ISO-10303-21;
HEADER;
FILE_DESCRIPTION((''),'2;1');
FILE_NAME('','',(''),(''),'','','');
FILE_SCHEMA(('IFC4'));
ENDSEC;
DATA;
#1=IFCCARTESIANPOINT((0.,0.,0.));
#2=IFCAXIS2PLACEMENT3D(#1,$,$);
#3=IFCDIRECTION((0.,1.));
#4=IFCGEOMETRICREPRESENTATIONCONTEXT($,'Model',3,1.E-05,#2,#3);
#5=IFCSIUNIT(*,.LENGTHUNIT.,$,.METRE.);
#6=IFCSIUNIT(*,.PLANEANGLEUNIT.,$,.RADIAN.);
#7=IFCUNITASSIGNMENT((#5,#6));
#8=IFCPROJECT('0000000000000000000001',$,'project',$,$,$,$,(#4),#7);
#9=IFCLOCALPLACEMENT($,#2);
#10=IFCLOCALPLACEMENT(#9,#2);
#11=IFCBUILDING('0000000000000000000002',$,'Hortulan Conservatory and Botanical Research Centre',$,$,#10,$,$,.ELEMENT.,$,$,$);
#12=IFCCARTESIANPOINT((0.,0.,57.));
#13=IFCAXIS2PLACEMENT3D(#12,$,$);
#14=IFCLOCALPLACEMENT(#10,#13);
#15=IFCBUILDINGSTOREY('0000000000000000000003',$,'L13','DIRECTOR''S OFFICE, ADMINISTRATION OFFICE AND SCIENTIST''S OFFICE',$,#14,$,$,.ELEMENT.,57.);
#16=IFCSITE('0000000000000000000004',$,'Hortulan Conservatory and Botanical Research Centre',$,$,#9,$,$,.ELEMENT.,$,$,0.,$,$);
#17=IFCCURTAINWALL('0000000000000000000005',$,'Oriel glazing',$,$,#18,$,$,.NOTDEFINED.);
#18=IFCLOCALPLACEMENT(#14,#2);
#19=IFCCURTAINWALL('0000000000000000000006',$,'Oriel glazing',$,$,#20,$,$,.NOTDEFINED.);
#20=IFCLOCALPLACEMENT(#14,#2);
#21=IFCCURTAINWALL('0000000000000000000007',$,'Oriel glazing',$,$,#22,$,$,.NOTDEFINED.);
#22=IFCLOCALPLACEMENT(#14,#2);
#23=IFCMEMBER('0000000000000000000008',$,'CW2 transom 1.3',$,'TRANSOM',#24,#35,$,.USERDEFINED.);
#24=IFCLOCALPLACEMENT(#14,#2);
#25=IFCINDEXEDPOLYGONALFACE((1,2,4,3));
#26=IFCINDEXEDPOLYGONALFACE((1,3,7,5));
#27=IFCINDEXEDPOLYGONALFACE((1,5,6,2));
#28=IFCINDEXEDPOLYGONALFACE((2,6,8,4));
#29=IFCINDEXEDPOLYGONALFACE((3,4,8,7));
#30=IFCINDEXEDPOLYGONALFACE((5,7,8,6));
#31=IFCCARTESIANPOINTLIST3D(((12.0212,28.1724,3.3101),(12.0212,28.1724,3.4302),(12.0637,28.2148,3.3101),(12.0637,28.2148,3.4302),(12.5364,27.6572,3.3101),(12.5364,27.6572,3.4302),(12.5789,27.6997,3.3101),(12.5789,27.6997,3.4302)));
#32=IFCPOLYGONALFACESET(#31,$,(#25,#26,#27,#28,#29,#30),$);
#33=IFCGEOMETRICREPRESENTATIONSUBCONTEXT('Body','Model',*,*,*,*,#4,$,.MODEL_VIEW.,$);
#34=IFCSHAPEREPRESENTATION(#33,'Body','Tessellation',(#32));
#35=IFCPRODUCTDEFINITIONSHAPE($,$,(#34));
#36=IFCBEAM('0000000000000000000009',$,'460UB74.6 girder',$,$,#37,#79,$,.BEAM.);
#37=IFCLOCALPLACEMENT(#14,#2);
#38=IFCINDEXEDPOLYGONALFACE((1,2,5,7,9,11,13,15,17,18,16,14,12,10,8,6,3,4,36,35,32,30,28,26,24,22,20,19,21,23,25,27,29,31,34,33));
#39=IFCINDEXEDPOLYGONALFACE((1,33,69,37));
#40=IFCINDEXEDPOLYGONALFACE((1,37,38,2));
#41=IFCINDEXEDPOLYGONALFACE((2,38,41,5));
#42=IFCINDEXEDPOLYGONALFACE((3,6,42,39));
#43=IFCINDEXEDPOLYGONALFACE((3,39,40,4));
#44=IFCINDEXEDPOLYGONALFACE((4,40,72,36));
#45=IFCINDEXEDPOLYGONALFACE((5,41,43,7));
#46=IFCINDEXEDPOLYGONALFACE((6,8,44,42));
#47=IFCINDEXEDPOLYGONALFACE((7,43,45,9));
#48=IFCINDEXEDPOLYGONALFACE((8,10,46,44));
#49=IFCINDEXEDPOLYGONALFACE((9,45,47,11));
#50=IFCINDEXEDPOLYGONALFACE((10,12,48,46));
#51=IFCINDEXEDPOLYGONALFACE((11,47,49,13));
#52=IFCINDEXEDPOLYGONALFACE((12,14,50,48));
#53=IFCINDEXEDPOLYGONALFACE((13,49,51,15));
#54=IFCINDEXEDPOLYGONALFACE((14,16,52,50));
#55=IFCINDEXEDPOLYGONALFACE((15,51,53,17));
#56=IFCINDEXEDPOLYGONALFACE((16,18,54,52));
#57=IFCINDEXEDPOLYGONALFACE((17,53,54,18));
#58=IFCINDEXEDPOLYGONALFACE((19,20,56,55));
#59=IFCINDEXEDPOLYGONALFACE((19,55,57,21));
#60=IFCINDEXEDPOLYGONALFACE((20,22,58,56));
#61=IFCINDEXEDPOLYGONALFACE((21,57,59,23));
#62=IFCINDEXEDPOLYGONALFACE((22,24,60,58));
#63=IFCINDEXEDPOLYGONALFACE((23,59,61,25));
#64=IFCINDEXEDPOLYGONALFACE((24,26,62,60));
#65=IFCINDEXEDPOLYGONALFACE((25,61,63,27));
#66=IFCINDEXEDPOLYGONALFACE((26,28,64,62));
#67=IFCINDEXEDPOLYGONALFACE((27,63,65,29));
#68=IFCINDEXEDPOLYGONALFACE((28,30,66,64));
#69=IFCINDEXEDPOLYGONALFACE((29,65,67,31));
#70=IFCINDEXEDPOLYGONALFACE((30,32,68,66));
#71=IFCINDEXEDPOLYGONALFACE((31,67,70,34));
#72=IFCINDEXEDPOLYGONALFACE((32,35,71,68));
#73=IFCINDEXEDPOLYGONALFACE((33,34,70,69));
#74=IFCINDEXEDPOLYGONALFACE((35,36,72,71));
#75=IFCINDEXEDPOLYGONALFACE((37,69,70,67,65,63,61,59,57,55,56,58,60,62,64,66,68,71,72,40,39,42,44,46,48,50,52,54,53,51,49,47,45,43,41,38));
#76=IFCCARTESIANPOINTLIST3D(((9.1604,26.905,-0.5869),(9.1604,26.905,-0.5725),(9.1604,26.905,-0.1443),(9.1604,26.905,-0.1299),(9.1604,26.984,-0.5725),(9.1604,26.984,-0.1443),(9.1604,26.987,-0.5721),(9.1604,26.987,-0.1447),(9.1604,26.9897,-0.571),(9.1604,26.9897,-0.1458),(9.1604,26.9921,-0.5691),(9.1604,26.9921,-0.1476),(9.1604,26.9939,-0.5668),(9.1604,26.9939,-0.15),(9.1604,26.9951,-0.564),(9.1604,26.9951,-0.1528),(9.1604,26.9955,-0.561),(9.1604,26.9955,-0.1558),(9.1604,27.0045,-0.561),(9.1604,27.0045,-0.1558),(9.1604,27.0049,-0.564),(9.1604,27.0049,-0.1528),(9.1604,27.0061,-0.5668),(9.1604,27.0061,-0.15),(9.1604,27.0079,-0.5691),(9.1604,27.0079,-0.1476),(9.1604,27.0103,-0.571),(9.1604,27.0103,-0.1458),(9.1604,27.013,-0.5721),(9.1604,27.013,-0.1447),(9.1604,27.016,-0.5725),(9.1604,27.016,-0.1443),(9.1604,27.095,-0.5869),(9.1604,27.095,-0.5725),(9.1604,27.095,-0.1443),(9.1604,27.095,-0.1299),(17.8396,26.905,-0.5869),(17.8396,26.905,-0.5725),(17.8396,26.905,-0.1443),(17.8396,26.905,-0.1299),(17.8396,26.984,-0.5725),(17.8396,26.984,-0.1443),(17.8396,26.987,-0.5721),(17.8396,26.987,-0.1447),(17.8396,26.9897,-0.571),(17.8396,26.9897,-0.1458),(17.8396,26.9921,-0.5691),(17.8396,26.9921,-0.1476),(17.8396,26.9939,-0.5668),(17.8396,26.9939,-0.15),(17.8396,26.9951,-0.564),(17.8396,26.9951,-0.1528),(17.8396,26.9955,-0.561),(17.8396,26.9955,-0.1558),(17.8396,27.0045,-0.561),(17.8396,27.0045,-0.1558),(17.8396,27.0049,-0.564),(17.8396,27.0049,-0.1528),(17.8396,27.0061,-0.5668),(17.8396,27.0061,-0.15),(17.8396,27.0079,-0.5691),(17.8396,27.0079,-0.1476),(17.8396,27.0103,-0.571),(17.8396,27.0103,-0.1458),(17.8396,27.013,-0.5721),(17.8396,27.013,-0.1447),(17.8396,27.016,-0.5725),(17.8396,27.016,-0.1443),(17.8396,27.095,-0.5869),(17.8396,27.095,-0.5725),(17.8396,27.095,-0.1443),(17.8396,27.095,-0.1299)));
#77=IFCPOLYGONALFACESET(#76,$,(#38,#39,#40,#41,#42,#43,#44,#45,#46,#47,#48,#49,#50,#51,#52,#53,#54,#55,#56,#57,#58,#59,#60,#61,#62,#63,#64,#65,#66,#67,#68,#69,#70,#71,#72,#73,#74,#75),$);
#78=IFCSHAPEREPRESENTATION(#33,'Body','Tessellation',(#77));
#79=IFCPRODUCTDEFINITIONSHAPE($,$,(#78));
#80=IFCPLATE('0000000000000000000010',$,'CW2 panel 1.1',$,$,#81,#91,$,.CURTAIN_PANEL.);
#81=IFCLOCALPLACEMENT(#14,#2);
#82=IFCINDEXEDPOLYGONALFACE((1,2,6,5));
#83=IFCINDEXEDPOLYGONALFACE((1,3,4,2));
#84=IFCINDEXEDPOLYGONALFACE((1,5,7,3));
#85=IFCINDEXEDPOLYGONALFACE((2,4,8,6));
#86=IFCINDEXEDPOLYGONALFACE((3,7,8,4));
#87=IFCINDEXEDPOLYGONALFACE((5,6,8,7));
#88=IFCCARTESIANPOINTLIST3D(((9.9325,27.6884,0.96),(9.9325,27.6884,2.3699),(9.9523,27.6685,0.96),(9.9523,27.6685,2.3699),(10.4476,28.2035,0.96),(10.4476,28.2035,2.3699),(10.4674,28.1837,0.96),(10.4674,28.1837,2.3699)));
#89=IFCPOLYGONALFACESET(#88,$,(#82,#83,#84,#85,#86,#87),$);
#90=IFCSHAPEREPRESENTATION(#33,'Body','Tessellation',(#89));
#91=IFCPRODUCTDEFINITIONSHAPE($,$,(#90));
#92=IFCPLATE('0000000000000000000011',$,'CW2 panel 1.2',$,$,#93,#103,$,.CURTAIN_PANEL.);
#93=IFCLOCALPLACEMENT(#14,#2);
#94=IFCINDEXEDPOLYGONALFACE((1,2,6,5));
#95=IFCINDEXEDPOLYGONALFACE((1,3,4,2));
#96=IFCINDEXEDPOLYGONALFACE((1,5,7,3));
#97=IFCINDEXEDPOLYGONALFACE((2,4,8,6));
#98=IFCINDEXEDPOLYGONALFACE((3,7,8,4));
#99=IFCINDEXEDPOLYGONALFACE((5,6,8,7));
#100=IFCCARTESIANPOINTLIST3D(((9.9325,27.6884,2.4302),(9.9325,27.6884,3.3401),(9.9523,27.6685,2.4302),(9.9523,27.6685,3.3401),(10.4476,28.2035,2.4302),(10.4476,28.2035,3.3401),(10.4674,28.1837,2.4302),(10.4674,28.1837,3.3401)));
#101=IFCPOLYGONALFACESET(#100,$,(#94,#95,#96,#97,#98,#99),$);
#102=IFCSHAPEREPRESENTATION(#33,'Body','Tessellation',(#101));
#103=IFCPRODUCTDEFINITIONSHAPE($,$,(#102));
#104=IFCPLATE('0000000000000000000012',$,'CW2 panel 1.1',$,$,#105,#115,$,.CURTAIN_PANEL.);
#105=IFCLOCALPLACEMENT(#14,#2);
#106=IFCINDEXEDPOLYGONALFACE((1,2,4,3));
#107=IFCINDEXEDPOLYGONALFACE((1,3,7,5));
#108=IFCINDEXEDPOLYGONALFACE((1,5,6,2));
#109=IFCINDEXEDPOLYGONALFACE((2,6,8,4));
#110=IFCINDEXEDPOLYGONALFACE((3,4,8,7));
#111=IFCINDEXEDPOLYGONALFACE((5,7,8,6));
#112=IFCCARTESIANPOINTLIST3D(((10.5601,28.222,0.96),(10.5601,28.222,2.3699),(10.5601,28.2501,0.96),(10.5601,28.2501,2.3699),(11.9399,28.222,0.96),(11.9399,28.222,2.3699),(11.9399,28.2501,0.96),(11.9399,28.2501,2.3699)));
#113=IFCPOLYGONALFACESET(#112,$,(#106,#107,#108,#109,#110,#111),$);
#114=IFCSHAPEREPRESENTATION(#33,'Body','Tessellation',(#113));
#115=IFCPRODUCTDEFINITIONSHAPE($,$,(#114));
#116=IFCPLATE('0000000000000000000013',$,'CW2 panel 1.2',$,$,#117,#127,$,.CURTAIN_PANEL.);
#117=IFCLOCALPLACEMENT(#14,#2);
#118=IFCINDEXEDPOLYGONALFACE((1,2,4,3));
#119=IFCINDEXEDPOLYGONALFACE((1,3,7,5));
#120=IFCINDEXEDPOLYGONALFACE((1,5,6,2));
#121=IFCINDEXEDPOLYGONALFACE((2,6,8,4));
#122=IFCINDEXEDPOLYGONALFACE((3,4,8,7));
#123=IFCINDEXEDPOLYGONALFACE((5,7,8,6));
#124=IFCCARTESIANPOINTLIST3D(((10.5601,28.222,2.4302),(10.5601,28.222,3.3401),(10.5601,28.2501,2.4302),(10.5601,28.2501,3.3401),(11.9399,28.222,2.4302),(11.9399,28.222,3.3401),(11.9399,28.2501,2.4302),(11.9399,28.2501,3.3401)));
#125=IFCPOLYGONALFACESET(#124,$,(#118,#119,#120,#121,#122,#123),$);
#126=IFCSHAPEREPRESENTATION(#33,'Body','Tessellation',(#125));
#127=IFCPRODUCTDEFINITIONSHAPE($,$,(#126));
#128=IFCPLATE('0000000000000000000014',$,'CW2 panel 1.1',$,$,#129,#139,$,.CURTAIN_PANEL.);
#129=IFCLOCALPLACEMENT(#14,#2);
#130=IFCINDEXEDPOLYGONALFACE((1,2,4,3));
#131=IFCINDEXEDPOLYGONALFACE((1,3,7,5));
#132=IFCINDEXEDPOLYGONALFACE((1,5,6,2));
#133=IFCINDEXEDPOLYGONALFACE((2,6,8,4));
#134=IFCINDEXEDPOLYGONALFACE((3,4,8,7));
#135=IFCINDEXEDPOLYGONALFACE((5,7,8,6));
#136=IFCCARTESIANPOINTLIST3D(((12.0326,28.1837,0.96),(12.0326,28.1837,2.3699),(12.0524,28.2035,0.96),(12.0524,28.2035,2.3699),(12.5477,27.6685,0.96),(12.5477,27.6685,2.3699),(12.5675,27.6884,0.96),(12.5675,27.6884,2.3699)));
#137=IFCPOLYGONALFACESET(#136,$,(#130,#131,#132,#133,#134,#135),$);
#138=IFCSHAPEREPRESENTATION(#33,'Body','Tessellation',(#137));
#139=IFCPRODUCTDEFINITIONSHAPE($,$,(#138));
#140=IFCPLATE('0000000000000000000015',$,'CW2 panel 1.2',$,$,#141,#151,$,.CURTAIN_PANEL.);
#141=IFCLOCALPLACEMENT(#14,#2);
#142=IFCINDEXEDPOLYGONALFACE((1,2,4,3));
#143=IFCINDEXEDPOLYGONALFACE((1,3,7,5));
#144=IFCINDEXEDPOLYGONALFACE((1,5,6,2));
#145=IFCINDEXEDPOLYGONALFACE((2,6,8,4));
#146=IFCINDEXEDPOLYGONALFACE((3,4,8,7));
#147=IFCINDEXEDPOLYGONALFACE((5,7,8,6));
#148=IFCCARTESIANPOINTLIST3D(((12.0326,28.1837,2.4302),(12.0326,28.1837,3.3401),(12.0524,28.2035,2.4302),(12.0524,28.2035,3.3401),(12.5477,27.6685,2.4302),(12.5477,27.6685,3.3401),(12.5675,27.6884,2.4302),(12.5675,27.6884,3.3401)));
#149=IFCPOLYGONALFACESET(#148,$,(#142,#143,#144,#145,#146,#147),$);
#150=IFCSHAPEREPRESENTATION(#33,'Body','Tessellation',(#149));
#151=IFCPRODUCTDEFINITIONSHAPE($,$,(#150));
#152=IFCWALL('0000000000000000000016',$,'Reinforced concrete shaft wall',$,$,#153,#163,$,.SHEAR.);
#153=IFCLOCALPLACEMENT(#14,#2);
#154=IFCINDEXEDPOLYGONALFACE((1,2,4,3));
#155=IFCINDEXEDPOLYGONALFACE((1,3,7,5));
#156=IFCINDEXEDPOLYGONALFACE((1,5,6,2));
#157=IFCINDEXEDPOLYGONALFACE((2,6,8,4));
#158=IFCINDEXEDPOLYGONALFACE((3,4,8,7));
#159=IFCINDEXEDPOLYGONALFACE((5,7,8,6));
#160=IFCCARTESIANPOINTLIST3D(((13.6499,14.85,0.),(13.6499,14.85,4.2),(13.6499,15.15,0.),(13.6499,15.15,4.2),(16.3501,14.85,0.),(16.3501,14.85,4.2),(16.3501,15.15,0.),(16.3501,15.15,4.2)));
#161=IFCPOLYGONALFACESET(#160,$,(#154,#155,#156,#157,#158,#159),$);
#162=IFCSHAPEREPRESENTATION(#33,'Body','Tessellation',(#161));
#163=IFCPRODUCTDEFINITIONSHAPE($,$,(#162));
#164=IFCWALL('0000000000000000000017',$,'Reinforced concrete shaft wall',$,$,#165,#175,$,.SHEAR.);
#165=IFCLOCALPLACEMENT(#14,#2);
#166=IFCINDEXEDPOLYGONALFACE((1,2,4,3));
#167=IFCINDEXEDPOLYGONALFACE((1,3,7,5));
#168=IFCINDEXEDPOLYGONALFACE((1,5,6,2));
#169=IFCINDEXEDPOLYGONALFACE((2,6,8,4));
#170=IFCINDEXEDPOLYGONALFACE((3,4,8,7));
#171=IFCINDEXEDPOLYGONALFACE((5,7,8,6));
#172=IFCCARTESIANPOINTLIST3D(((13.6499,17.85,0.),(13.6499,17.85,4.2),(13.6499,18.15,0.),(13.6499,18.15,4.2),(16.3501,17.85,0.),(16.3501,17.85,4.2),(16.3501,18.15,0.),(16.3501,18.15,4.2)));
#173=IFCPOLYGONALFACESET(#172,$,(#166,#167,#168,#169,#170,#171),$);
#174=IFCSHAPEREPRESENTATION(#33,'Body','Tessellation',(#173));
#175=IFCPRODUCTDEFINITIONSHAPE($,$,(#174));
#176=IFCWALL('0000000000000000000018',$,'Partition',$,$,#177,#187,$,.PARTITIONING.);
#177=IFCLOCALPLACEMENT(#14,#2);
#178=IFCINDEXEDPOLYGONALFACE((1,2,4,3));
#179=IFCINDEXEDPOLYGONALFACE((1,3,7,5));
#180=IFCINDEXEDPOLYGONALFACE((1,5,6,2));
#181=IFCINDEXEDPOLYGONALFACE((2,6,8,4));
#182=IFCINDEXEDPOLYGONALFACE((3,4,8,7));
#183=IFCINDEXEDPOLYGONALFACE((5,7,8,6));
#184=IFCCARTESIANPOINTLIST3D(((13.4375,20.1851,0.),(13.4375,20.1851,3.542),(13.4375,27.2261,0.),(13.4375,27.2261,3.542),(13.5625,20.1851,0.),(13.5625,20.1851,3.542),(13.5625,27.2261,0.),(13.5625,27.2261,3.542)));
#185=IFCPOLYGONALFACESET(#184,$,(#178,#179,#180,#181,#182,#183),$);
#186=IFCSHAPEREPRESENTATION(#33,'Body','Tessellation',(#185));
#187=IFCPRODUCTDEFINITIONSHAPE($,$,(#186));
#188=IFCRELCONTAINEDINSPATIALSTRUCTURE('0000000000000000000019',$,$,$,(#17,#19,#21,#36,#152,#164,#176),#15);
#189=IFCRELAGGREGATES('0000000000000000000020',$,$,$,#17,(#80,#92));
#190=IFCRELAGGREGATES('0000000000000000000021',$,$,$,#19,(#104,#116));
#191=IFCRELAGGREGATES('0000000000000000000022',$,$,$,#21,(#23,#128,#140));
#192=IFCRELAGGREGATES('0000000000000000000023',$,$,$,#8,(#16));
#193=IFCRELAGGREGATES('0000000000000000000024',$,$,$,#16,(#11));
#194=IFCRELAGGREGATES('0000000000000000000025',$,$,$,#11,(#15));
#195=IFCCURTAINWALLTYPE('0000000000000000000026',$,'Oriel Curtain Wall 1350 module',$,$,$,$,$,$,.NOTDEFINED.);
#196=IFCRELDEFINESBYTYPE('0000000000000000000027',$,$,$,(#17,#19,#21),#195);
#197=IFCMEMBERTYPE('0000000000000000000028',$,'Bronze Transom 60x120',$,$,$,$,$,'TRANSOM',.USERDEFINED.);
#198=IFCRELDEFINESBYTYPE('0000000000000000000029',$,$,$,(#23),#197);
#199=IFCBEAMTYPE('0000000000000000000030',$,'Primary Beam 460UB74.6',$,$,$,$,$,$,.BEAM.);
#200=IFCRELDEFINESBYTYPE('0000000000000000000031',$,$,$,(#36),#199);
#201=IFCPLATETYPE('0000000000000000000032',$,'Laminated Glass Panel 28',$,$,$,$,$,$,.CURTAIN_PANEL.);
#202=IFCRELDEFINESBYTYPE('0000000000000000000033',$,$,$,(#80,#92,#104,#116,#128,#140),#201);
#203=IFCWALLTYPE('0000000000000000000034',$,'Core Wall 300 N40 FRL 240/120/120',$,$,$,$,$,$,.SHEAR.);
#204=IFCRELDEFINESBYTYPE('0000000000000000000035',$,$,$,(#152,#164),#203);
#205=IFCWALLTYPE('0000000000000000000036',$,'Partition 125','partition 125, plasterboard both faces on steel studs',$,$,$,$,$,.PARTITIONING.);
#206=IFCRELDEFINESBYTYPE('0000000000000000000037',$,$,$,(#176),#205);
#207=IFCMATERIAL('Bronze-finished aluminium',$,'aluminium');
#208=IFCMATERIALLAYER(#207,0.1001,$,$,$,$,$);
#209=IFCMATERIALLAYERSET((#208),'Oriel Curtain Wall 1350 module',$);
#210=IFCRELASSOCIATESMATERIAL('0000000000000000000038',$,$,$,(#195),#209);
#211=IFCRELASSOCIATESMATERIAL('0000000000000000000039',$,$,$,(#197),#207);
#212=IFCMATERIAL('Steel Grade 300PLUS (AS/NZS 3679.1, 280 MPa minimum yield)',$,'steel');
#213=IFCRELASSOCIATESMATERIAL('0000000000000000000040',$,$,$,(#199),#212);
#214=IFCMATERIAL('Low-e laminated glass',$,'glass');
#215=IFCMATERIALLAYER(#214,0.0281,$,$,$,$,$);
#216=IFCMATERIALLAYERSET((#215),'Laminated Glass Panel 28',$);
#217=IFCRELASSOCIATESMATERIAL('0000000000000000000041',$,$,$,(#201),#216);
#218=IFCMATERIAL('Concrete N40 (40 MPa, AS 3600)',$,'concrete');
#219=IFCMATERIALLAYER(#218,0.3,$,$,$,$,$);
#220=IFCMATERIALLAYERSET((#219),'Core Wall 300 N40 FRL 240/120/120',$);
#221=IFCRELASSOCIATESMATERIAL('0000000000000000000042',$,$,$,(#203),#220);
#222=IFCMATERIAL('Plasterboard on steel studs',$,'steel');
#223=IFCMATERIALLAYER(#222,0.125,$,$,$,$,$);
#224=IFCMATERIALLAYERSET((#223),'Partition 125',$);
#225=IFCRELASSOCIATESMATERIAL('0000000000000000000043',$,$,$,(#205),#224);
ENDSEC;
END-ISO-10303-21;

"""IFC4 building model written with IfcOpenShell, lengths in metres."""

from ifc_helpers import new_model, si_unit, direction, frame, frame_2d, origin, origin_2d, place, context, subcontext, project, spatial, rectangle, i_section, extrude, material, layer, layer_set, material_profile, profile_set, type_object, element, aggregate, save


model = new_model("IFC4")

# Units and contexts
model_context = context("Model", 3, precision=1e-05, world=origin(), true_north=direction((0.0, 1.0)))
body_context = subcontext(model_context, "Body", "Model", "MODEL_VIEW")
ifc_project = project(units=[si_unit("LENGTHUNIT", "METRE"), si_unit("PLANEANGLEUNIT", "RADIAN")], contexts=[model_context])

# Site, building, storey
site_placement = place(None, origin())
site = spatial("IfcSite", under=ifc_project, at=site_placement, Name="Hortulan Conservatory and Botanical Research Centre", CompositionType="ELEMENT", RefElevation=0.0)
building_placement = place(site_placement, origin())
building = spatial("IfcBuilding", under=site, at=building_placement, Name="Hortulan Conservatory and Botanical Research Centre", CompositionType="ELEMENT")
storey_placement = place(building_placement, frame((0.0, 0.0, 57.0)))
storey = spatial("IfcBuildingStorey", under=building, at=storey_placement, Name="L13", Description="DIRECTOR'S OFFICE, ADMINISTRATION OFFICE AND SCIENTIST'S OFFICE", CompositionType="ELEMENT", Elevation=57.0)

# Curtain walls
ifc_material_1 = material(Name="Bronze-finished aluminium", Category="aluminium")
ifc_layer_1 = layer(ifc_material_1, 0.1001)
ifc_layer_set_1 = layer_set([ifc_layer_1], Name="Oriel Curtain Wall 1350 module")
curtain_wall_type = type_object("IfcCurtainWallType", Name="Oriel Curtain Wall 1350 module", PredefinedType="NOTDEFINED", material=ifc_layer_set_1)
curtain_wall_1_placement = place(storey_placement, origin())
curtain_wall_1 = element("IfcCurtainWall", 1, at=curtain_wall_1_placement, inside=storey, type_object=curtain_wall_type, Name="Oriel glazing", PredefinedType="NOTDEFINED")
curtain_wall_2_placement = place(storey_placement, origin())
curtain_wall_2 = element("IfcCurtainWall", 2, at=curtain_wall_2_placement, inside=storey, type_object=curtain_wall_type, Name="Oriel glazing", PredefinedType="NOTDEFINED")
curtain_wall_3_placement = place(storey_placement, origin())
curtain_wall_3 = element("IfcCurtainWall", 3, at=curtain_wall_3_placement, inside=storey, type_object=curtain_wall_type, Name="Oriel glazing", PredefinedType="NOTDEFINED")

# Member
ifc_material_profile_1 = material_profile(ifc_material_1, rectangle(XDim=0.0601, YDim=0.1201, at=origin_2d()), Name="Bronze Transom 60x120")
ifc_profile_set_1 = profile_set([ifc_material_profile_1], Name="Bronze-finished aluminium")
member_type_1 = type_object("IfcMemberType", Name="Bronze Transom 60x120", ElementType="TRANSOM", PredefinedType="USERDEFINED", material=ifc_profile_set_1)
member_1_placement = place(storey_placement, frame((12.0425, 28.1936, 3.3701), z_axis=(0.707107, -0.707107, 0.0), x_axis=(0.707107, 0.707107, 0.0)))
member_1 = element("IfcMember", 4, at=member_1_placement, type_object=member_type_1, Name="CW2 transom 1.3", ObjectType="TRANSOM", PredefinedType="USERDEFINED", context=body_context, shape_type="SweptSolid", body=[
    extrude(rectangle(XDim=0.0601, YDim=0.1201, at=origin_2d()), origin(), (0.0, 0.0, 1.0), 0.7285),
])

# Beam
ifc_material_2 = material(Name="Steel Grade 300PLUS (AS/NZS 3679.1, 280 MPa minimum yield)", Category="steel")
ifc_material_profile_2 = material_profile(ifc_material_2, i_section(OverallWidth=0.1899, OverallDepth=0.457, WebThickness=0.009, FlangeThickness=0.0144, FilletRadius=0.0115, at=origin_2d()), Name="460UB74.6")
ifc_profile_set_2 = profile_set([ifc_material_profile_2], Name="Steel Grade 300PLUS (AS/NZS 3679.1, 280 MPa minimum yield)")
beam_type = type_object("IfcBeamType", Name="Primary Beam 460UB74.6", PredefinedType="BEAM", material=ifc_profile_set_2)
beam_placement = place(storey_placement, frame((9.1604, 27.0, -0.3584), z_axis=(1.0, 0.0, 0.0), x_axis=(0.0, 1.0, 0.0)))
element("IfcBeam", 5, at=beam_placement, inside=storey, type_object=beam_type, Name="460UB74.6 girder", PredefinedType="BEAM", context=body_context, shape_type="SweptSolid", body=[
    extrude(i_section(OverallWidth=0.1899, OverallDepth=0.457, WebThickness=0.009, FlangeThickness=0.0144, FilletRadius=0.0115, at=origin_2d()), origin(), (0.0, 0.0, 1.0), 8.6792),
])

# Plates
ifc_material_3 = material(Name="Low-e laminated glass", Category="glass")
ifc_layer_2 = layer(ifc_material_3, 0.0281)
ifc_layer_set_2 = layer_set([ifc_layer_2], Name="Laminated Glass Panel 28")
plate_type = type_object("IfcPlateType", Name="Laminated Glass Panel 28", PredefinedType="CURTAIN_PANEL", material=ifc_layer_set_2)
plate_1_placement = place(storey_placement, frame((10.2, 27.936, 0.96), z_axis=(0.0, 0.0, 1.0), x_axis=(0.707107, 0.707107, 0.0)))
plate_1 = element("IfcPlate", 6, at=plate_1_placement, type_object=plate_type, Name="CW2 panel 1.1", PredefinedType="CURTAIN_PANEL", context=body_context, shape_type="SweptSolid", body=[
    extrude(rectangle(XDim=0.7285, YDim=0.0281, at=origin_2d()), origin(), (0.0, 0.0, 1.0), 1.4099),
])
plate_2_placement = place(storey_placement, frame((10.2, 27.936, 2.4302), z_axis=(0.0, 0.0, 1.0), x_axis=(0.707107, 0.707107, 0.0)))
plate_2 = element("IfcPlate", 7, at=plate_2_placement, type_object=plate_type, Name="CW2 panel 1.2", PredefinedType="CURTAIN_PANEL", context=body_context, shape_type="SweptSolid", body=[
    extrude(rectangle(XDim=0.7285, YDim=0.0281, at=origin_2d()), origin(), (0.0, 0.0, 1.0), 0.9099),
])
aggregate(curtain_wall_1, [plate_1, plate_2])
plate_3_placement = place(storey_placement, frame((11.25, 28.2361, 0.96), z_axis=(0.0, 0.0, 1.0), x_axis=(1.0, 0.0, 0.0)))
plate_3 = element("IfcPlate", 8, at=plate_3_placement, type_object=plate_type, Name="CW2 panel 1.1", PredefinedType="CURTAIN_PANEL", context=body_context, shape_type="SweptSolid", body=[
    extrude(rectangle(XDim=1.3799, YDim=0.0281, at=origin_2d()), origin(), (0.0, 0.0, 1.0), 1.4099),
])
plate_4_placement = place(storey_placement, frame((11.25, 28.2361, 2.4302), z_axis=(0.0, 0.0, 1.0), x_axis=(1.0, 0.0, 0.0)))
plate_4 = element("IfcPlate", 9, at=plate_4_placement, type_object=plate_type, Name="CW2 panel 1.2", PredefinedType="CURTAIN_PANEL", context=body_context, shape_type="SweptSolid", body=[
    extrude(rectangle(XDim=1.3799, YDim=0.0281, at=origin_2d()), origin(), (0.0, 0.0, 1.0), 0.9099),
])
aggregate(curtain_wall_2, [plate_3, plate_4])
plate_5_placement = place(storey_placement, frame((12.3, 27.936, 0.96), z_axis=(0.0, 0.0, 1.0), x_axis=(0.707107, -0.707107, 0.0)))
plate_5 = element("IfcPlate", 10, at=plate_5_placement, type_object=plate_type, Name="CW2 panel 1.1", PredefinedType="CURTAIN_PANEL", context=body_context, shape_type="SweptSolid", body=[
    extrude(rectangle(XDim=0.7285, YDim=0.0281, at=origin_2d()), origin(), (0.0, 0.0, 1.0), 1.4099),
])
plate_6_placement = place(storey_placement, frame((12.3, 27.936, 2.4302), z_axis=(0.0, 0.0, 1.0), x_axis=(0.707107, -0.707107, 0.0)))
plate_6 = element("IfcPlate", 11, at=plate_6_placement, type_object=plate_type, Name="CW2 panel 1.2", PredefinedType="CURTAIN_PANEL", context=body_context, shape_type="SweptSolid", body=[
    extrude(rectangle(XDim=0.7285, YDim=0.0281, at=origin_2d()), origin(), (0.0, 0.0, 1.0), 0.9099),
])
aggregate(curtain_wall_3, [member_1, plate_5, plate_6])

# Walls
ifc_material_4 = material(Name="Concrete N40 (40 MPa, AS 3600)", Category="concrete")
ifc_layer_3 = layer(ifc_material_4, 0.3)
ifc_layer_set_3 = layer_set([ifc_layer_3], Name="Core Wall 300 N40 FRL 240/120/120")
wall_type_1 = type_object("IfcWallType", Name="Core Wall 300 N40 FRL 240/120/120", PredefinedType="SHEAR", material=ifc_layer_set_3)
for number, where, z_axis, x_axis, name in (
    (12, (13.6499, 15.0, 0.0), (0.0, 0.0, 1.0), (1.0, 0.0, 0.0), "Reinforced concrete shaft wall"),
    (13, (13.6499, 18.0, 0.0), (0.0, 0.0, 1.0), (1.0, 0.0, 0.0), "Reinforced concrete shaft wall"),
):
    element("IfcWall", number, at=place(storey_placement, frame(where, z_axis=z_axis, x_axis=x_axis)), inside=storey, type_object=wall_type_1, Name=name, PredefinedType="SHEAR", context=body_context, shape_type="SweptSolid", body=[
        extrude(rectangle(XDim=2.7002, YDim=0.3, at=frame_2d((1.3501, 0.0))), origin(), (0.0, 0.0, 1.0), 4.2),
    ])
ifc_material_5 = material(Name="Plasterboard on steel studs", Category="steel")
ifc_layer_4 = layer(ifc_material_5, 0.125)
ifc_layer_set_4 = layer_set([ifc_layer_4], Name="Partition 125")
wall_type_2 = type_object("IfcWallType", Name="Partition 125", Description="partition 125, plasterboard both faces on steel studs", PredefinedType="PARTITIONING", material=ifc_layer_set_4)
wall_placement = place(storey_placement, frame((13.5, 20.1851, 0.0), z_axis=(0.0, 0.0, 1.0), x_axis=(0.0, 1.0, 0.0)))
element("IfcWall", 14, at=wall_placement, inside=storey, type_object=wall_type_2, Name="Partition", PredefinedType="PARTITIONING", context=body_context, shape_type="SweptSolid", body=[
    extrude(rectangle(XDim=7.041, YDim=0.125, at=frame_2d((3.5205, 0.0))), origin(), (0.0, 0.0, 1.0), 3.542),
])

save(model, "model.ifc")
